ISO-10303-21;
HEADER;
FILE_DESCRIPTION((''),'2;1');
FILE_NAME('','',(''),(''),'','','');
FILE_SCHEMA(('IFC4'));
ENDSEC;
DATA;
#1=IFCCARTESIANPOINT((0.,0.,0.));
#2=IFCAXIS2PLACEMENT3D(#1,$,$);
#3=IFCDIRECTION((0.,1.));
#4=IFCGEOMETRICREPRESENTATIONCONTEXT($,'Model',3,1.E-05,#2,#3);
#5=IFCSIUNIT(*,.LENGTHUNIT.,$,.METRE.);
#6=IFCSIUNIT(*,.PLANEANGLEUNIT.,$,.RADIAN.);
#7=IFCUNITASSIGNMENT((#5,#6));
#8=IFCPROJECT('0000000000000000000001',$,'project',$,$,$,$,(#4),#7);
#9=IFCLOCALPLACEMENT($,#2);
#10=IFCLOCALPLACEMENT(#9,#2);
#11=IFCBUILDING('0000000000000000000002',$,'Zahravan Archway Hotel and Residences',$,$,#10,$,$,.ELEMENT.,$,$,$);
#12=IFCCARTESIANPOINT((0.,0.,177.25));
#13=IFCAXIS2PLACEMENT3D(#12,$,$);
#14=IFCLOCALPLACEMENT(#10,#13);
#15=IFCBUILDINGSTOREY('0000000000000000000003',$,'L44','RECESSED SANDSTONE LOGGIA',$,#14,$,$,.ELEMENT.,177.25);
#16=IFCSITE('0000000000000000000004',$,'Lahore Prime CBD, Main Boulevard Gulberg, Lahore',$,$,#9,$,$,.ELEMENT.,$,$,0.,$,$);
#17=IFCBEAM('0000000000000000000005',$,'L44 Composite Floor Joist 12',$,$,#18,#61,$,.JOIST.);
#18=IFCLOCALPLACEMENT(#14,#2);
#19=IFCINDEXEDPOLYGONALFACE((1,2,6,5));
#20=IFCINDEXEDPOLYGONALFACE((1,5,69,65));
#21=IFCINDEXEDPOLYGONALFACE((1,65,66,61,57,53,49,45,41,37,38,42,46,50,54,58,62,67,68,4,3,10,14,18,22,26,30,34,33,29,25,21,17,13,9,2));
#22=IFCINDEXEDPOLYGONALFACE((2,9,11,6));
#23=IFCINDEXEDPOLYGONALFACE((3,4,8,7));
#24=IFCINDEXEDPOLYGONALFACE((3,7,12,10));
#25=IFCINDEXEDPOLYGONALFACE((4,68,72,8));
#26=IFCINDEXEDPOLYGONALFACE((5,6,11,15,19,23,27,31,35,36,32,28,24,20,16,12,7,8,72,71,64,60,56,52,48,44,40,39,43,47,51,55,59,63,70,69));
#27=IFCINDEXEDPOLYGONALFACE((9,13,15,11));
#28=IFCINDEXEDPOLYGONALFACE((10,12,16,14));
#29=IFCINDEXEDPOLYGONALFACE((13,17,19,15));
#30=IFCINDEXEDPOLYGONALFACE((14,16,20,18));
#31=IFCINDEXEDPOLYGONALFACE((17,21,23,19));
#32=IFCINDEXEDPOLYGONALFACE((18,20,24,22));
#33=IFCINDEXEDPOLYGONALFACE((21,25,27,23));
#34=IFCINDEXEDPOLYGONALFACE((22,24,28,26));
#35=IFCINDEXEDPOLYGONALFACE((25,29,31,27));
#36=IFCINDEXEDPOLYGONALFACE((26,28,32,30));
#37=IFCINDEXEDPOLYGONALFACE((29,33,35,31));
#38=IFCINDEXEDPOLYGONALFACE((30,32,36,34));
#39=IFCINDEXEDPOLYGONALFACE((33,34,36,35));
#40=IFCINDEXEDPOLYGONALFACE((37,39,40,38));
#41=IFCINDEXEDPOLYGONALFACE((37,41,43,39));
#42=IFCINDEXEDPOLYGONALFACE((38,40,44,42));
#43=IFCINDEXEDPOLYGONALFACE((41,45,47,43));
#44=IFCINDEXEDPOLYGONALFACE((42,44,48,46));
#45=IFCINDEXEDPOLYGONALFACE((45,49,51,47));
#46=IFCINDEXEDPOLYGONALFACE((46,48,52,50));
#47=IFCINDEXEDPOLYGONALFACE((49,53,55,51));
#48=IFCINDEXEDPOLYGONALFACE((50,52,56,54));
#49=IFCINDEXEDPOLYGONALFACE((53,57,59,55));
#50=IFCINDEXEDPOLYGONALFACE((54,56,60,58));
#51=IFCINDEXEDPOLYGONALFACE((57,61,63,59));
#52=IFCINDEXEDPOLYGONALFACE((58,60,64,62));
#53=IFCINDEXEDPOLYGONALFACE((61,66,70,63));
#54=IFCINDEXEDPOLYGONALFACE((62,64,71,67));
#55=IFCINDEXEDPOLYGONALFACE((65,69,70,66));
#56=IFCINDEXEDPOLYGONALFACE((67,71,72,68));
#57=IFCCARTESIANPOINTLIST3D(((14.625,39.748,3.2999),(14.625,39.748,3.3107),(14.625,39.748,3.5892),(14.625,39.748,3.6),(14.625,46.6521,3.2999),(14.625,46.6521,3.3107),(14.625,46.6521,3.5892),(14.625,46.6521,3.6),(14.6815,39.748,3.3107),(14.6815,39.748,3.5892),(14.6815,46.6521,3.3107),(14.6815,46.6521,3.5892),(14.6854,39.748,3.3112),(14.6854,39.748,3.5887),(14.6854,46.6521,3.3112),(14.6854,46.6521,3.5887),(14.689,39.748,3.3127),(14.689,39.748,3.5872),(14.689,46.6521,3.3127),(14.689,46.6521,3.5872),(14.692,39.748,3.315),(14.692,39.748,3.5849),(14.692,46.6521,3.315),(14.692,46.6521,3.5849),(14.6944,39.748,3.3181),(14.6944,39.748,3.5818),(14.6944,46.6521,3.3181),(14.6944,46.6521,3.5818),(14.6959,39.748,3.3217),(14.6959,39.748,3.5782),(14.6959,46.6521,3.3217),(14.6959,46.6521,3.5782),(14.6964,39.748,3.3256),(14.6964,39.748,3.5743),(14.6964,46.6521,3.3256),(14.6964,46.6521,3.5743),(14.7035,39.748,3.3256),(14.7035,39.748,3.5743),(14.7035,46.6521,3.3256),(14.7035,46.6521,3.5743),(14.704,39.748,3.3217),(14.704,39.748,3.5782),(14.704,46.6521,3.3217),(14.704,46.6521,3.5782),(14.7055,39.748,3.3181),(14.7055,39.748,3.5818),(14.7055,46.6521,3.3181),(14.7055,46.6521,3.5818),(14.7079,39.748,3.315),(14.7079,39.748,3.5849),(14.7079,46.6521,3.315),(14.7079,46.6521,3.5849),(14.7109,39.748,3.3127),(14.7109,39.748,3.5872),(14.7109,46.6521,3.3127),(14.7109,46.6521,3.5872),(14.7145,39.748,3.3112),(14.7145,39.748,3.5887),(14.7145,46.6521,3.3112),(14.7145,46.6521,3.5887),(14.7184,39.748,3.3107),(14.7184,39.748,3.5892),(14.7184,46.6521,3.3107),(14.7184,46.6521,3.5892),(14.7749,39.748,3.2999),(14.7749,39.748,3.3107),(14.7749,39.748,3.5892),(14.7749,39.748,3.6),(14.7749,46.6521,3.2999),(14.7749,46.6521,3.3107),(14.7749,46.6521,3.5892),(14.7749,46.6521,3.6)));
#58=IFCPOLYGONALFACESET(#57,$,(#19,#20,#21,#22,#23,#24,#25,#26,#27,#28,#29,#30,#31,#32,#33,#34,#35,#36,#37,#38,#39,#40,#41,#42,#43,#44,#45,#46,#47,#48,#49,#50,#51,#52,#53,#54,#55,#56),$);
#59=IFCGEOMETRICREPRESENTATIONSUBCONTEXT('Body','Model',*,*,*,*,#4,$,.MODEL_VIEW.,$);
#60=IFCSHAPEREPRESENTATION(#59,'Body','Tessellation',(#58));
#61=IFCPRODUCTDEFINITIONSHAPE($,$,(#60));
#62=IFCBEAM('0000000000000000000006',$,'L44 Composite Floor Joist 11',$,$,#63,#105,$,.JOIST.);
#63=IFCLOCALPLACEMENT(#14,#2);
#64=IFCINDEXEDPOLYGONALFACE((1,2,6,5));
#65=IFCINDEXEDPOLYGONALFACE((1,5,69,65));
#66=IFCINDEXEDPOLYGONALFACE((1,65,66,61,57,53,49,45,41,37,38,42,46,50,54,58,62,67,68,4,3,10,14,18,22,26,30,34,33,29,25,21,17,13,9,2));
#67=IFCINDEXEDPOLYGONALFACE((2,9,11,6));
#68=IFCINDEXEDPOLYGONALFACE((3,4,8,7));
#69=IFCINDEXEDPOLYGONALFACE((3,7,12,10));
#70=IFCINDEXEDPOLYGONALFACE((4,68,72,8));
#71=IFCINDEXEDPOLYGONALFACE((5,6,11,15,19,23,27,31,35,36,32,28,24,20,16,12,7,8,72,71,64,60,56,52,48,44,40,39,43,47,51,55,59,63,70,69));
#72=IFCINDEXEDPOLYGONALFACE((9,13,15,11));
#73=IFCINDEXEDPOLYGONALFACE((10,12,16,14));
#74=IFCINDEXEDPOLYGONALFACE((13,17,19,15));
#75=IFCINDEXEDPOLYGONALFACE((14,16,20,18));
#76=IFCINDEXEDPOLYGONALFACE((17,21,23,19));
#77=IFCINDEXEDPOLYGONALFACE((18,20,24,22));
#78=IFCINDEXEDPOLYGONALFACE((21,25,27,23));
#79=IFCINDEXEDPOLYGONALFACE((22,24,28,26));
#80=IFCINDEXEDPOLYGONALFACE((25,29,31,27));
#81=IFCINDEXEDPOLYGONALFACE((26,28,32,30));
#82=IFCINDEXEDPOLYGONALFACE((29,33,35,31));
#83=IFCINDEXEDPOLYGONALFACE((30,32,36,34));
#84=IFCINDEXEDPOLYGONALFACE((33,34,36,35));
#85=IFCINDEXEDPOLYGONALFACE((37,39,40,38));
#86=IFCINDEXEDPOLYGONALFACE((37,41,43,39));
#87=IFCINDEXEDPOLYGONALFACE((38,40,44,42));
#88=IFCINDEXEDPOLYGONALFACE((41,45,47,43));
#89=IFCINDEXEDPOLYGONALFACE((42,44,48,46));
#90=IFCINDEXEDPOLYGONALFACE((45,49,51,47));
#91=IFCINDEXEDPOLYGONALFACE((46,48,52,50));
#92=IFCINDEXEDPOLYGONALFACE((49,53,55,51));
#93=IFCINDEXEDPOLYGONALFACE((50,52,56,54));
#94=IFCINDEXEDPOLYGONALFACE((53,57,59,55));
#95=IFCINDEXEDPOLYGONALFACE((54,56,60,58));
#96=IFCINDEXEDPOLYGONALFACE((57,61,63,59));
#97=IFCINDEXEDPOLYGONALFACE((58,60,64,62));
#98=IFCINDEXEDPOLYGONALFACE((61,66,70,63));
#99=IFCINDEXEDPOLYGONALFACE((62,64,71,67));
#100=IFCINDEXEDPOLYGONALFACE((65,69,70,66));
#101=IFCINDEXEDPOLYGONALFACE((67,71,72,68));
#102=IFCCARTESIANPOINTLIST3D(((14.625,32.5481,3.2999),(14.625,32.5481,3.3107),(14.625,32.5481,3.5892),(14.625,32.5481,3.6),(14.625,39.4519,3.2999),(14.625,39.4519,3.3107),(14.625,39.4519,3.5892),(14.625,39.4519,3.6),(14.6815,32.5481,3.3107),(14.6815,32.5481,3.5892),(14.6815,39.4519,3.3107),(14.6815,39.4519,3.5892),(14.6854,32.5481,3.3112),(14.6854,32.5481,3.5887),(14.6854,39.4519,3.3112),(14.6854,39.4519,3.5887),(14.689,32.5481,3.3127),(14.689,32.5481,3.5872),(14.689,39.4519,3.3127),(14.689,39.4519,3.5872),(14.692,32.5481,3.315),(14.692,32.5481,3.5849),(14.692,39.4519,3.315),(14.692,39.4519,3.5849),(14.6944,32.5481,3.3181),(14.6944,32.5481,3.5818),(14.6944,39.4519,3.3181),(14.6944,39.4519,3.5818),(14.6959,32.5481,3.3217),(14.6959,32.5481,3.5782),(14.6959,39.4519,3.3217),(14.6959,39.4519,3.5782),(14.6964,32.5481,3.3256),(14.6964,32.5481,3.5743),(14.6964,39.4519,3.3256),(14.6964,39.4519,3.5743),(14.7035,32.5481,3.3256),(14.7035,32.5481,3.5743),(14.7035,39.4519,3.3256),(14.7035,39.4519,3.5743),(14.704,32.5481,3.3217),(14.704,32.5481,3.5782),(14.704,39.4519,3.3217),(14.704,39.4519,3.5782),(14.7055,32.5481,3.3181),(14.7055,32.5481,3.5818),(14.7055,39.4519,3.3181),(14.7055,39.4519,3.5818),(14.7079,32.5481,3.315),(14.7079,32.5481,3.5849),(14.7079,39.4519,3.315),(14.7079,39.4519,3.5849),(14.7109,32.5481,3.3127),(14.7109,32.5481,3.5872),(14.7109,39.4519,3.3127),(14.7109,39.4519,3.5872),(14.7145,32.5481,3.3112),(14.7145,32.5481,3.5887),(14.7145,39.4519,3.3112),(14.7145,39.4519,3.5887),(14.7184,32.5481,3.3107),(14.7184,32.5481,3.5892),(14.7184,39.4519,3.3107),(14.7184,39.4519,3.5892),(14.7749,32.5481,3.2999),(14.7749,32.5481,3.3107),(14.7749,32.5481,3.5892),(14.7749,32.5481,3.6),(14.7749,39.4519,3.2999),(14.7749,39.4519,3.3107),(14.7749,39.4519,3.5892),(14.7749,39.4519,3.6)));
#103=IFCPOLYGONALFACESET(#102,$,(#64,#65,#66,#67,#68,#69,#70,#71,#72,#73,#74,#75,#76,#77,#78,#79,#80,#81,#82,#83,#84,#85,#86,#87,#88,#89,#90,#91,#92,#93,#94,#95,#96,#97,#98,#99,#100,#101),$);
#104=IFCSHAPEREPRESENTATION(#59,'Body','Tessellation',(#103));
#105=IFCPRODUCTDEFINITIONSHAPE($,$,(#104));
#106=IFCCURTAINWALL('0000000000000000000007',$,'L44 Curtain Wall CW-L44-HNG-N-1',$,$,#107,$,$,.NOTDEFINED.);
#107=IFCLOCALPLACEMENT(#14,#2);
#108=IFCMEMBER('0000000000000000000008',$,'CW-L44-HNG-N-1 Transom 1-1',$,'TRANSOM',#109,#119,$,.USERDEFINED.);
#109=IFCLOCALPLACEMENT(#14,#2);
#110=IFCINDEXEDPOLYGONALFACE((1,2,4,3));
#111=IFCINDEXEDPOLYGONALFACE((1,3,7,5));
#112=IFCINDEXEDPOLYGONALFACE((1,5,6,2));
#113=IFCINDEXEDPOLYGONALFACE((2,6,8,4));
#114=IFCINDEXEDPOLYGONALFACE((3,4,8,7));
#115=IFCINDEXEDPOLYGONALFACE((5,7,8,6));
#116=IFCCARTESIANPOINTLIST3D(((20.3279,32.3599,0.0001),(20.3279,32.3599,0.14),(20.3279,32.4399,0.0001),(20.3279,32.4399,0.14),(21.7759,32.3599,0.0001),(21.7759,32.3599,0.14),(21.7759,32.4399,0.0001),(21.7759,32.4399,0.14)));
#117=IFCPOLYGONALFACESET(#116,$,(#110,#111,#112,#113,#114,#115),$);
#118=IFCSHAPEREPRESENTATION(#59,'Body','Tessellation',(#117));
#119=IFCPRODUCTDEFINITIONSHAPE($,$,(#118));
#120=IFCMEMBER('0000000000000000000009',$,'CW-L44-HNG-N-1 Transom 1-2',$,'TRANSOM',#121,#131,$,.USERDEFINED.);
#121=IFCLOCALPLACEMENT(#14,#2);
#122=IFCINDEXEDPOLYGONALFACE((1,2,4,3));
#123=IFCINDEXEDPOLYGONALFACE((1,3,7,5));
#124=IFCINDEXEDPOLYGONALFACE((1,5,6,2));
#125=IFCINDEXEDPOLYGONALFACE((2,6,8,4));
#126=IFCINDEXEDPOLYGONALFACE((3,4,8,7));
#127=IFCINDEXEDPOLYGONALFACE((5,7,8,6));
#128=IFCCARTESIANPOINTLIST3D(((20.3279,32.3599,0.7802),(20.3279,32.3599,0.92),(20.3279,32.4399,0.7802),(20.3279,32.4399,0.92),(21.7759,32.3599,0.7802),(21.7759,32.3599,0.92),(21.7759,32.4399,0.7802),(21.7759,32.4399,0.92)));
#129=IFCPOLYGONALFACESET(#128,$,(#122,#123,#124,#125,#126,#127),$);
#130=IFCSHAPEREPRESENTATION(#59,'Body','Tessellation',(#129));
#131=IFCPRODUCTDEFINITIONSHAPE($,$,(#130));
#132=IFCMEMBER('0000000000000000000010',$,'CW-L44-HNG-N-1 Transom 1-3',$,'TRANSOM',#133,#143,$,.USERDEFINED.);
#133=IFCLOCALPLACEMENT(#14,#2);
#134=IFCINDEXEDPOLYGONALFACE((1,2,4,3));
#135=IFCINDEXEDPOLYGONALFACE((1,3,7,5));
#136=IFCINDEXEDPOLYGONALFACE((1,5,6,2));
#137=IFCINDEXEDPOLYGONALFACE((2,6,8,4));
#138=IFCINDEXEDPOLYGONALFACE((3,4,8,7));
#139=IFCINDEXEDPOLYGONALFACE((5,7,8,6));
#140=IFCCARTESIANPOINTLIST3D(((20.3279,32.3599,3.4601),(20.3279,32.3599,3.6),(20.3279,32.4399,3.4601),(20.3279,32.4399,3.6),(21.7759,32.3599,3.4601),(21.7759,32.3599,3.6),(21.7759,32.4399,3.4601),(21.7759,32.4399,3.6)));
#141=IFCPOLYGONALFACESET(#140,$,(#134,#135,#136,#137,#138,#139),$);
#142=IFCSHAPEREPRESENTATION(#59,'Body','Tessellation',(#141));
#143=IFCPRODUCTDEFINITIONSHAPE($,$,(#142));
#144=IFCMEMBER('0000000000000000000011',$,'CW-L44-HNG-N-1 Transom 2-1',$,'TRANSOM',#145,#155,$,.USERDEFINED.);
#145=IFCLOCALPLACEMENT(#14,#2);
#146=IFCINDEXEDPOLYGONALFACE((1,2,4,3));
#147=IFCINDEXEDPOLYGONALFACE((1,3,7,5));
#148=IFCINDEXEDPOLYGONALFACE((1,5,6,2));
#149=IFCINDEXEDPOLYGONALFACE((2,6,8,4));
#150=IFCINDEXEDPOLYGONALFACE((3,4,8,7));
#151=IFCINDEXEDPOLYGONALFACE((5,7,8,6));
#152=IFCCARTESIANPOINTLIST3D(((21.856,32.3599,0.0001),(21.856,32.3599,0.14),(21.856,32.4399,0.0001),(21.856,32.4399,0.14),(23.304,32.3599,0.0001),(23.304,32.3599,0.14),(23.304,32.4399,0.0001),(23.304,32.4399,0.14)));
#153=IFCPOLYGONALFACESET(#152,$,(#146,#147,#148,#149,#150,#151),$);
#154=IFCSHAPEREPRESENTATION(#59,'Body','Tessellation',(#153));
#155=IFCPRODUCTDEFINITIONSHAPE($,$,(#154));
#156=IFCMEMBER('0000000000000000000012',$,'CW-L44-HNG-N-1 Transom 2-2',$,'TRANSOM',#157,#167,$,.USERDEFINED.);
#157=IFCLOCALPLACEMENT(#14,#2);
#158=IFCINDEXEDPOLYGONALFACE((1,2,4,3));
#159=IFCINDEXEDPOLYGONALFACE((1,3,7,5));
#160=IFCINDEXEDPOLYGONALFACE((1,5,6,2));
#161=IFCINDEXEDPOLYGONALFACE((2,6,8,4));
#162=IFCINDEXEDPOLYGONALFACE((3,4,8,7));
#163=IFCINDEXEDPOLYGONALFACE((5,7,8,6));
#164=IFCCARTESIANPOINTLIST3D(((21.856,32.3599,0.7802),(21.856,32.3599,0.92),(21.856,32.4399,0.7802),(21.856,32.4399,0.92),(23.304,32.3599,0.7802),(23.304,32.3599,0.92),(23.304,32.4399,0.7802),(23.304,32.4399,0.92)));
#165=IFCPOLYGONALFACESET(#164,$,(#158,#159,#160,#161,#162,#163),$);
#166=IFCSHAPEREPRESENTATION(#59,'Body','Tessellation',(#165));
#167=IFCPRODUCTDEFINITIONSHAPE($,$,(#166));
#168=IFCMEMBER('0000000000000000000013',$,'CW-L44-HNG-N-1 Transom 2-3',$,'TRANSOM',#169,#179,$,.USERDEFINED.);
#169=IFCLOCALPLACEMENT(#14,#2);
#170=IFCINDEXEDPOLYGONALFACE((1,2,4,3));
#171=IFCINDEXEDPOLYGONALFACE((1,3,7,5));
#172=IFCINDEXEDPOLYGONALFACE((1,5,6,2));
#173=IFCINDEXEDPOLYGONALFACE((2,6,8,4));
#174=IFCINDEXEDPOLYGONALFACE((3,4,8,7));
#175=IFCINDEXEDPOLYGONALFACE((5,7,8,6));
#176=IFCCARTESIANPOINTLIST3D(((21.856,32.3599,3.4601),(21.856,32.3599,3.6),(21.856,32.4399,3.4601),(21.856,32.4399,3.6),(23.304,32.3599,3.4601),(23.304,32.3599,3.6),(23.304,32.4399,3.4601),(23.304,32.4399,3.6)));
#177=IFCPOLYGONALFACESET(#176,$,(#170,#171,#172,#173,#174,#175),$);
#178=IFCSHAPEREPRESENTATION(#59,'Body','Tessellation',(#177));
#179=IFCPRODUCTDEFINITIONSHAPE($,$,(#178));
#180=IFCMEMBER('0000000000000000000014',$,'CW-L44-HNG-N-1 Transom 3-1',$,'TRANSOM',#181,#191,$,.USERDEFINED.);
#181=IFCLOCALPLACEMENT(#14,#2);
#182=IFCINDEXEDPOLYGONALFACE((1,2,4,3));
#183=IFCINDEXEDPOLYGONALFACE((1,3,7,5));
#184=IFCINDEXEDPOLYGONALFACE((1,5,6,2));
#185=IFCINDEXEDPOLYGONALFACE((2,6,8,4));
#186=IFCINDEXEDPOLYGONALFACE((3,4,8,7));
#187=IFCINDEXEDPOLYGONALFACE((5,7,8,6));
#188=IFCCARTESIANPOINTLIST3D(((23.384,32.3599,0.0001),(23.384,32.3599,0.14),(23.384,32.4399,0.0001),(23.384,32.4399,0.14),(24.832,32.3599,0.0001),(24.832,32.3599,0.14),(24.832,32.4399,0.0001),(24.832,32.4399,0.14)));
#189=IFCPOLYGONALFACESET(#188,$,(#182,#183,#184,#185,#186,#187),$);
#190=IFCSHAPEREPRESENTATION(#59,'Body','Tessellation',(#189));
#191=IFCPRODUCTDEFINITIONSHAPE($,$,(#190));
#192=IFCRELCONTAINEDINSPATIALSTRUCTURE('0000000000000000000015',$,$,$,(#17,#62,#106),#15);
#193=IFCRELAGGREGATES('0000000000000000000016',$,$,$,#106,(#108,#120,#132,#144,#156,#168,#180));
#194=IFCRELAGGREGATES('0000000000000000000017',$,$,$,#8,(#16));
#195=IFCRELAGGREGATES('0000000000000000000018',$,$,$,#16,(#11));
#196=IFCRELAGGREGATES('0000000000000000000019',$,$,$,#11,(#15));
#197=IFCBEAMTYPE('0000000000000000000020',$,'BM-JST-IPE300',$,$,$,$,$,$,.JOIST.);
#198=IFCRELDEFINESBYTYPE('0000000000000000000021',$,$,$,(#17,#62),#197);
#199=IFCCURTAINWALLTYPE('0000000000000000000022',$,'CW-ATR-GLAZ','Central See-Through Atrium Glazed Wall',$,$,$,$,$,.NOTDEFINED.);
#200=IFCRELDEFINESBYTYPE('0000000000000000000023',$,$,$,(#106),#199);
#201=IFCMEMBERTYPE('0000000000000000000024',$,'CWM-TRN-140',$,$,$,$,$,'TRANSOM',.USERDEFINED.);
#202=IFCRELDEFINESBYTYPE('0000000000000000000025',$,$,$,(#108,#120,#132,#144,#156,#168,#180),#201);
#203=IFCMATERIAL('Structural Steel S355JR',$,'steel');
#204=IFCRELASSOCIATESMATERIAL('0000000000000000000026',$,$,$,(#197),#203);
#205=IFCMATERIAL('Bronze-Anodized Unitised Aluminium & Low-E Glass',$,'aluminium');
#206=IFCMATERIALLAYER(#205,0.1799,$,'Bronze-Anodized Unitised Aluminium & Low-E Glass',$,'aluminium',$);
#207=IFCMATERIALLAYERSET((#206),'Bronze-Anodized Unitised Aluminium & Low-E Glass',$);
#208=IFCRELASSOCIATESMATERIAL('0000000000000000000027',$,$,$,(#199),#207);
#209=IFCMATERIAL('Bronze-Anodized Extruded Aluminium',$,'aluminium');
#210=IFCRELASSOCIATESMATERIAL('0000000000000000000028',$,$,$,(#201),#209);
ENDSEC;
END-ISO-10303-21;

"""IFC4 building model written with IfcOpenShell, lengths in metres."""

from ifc_helpers import new_model, si_unit, direction, frame, origin, origin_2d, place, context, subcontext, project, spatial, rectangle, i_section, extrude, source, transform, mapped, material, layer, layer_set, material_profile, profile_set, type_object, type_shapes, element, aggregate, save


model = new_model("IFC4")

# Units and contexts
model_context = context("Model", 3, precision=1e-05, world=origin(), true_north=direction((0.0, 1.0)))
body_context = subcontext(model_context, "Body", "Model", "MODEL_VIEW")
ifc_project = project(units=[si_unit("LENGTHUNIT", "METRE"), si_unit("PLANEANGLEUNIT", "RADIAN")], contexts=[model_context])

# Site, building, storey
site_placement = place(None, origin())
site = spatial("IfcSite", under=ifc_project, at=site_placement, Name="Lahore Prime CBD, Main Boulevard Gulberg, Lahore", CompositionType="ELEMENT", RefElevation=0.0)
building_placement = place(site_placement, origin())
building = spatial("IfcBuilding", under=site, at=building_placement, Name="Zahravan Archway Hotel and Residences", CompositionType="ELEMENT")
storey_placement = place(building_placement, frame((0.0, 0.0, 177.25)))
storey = spatial("IfcBuildingStorey", under=building, at=storey_placement, Name="L44", Description="RECESSED SANDSTONE LOGGIA", CompositionType="ELEMENT", Elevation=177.25)

# Beams
ifc_material_1 = material(Name="Structural Steel S355JR", Category="steel")
ifc_material_profile_1 = material_profile(ifc_material_1, i_section(OverallWidth=0.1499, OverallDepth=0.3, WebThickness=0.0071, FlangeThickness=0.0107, FilletRadius=0.0149, at=origin_2d()), Name="IPE 300", Category="steel")
ifc_profile_set_1 = profile_set([ifc_material_profile_1], Name="Structural Steel S355JR")
beam_type_1 = type_object("IfcBeamType", Name="BM-JST-IPE300", PredefinedType="JOIST", material=ifc_profile_set_1)
shared_shape_1 = source(origin(), body_context, "Body", "SweptSolid", [
    extrude(i_section(OverallWidth=0.1499, OverallDepth=0.3, WebThickness=0.0071, FlangeThickness=0.0107, FilletRadius=0.0149, at=origin_2d()), origin(), (0.0, 0.0, 1.0), 6.9041),
])
type_shapes(beam_type_1, [shared_shape_1])
beam_1_placement = place(storey_placement, frame((14.7, 39.748, 3.45), z_axis=(0.0, 1.0, 0.0), x_axis=(-1.0, 0.0, 0.0)))
element("IfcBeam", 1, at=beam_1_placement, inside=storey, type_object=beam_type_1, Name="L44 Composite Floor Joist 12", PredefinedType="JOIST", context=body_context, shape_type="MappedRepresentation", body=[
    mapped(shared_shape_1, transform((0.0, 0.0, 0.0), scale=1.0)),
])
shared_shape_2 = source(origin(), body_context, "Body", "SweptSolid", [
    extrude(i_section(OverallWidth=0.1499, OverallDepth=0.3, WebThickness=0.0071, FlangeThickness=0.0107, FilletRadius=0.0149, at=origin_2d()), origin(), (0.0, 0.0, 1.0), 6.9038),
])
beam_2_placement = place(storey_placement, frame((14.7, 32.5481, 3.45), z_axis=(0.0, 1.0, 0.0), x_axis=(-1.0, 0.0, 0.0)))
element("IfcBeam", 2, at=beam_2_placement, inside=storey, type_object=beam_type_1, Name="L44 Composite Floor Joist 11", PredefinedType="JOIST", context=body_context, shape_type="MappedRepresentation", body=[
    mapped(shared_shape_2, transform((0.0, 0.0, 0.0), scale=1.0)),
])

# Curtain wall, members
ifc_material_2 = material(Name="Bronze-Anodized Unitised Aluminium & Low-E Glass", Category="aluminium")
ifc_layer_1 = layer(ifc_material_2, 0.1799, Name="Bronze-Anodized Unitised Aluminium & Low-E Glass", Category="aluminium")
ifc_layer_set_1 = layer_set([ifc_layer_1], Name="Bronze-Anodized Unitised Aluminium & Low-E Glass")
curtain_wall_type = type_object("IfcCurtainWallType", Name="CW-ATR-GLAZ", Description="Central See-Through Atrium Glazed Wall", PredefinedType="NOTDEFINED", material=ifc_layer_set_1)
curtain_wall_placement = place(storey_placement, origin())
curtain_wall = element("IfcCurtainWall", 3, at=curtain_wall_placement, inside=storey, type_object=curtain_wall_type, Name="L44 Curtain Wall CW-L44-HNG-N-1", PredefinedType="NOTDEFINED")
ifc_material_3 = material(Name="Bronze-Anodized Extruded Aluminium", Category="aluminium")
ifc_material_profile_2 = material_profile(ifc_material_3, rectangle(XDim=0.0801, YDim=0.1399, at=origin_2d()), Name="TRN 80x140", Category="aluminium")
ifc_profile_set_2 = profile_set([ifc_material_profile_2], Name="Bronze-Anodized Extruded Aluminium")
member_type_1 = type_object("IfcMemberType", Name="CWM-TRN-140", ElementType="TRANSOM", PredefinedType="USERDEFINED", material=ifc_profile_set_2)
shared_shape_3 = source(origin(), body_context, "Body", "SweptSolid", [
    extrude(rectangle(XDim=0.0801, YDim=0.1399, at=origin_2d()), origin(), (0.0, 0.0, 1.0), 1.448),
])
member_1_placement = place(storey_placement, frame((20.3279, 32.3999, 0.0701), z_axis=(1.0, 0.0, 0.0), x_axis=(0.0, 1.0, 0.0)))
member_1 = element("IfcMember", 4, at=member_1_placement, type_object=member_type_1, Name="CW-L44-HNG-N-1 Transom 1-1", ObjectType="TRANSOM", PredefinedType="USERDEFINED", context=body_context, shape_type="MappedRepresentation", body=[
    mapped(shared_shape_3, transform((0.0, 0.0, 0.0), scale=1.0)),
])
member_2_placement = place(storey_placement, frame((20.3279, 32.3999, 0.8501), z_axis=(1.0, 0.0, 0.0), x_axis=(0.0, 1.0, 0.0)))
member_2 = element("IfcMember", 5, at=member_2_placement, type_object=member_type_1, Name="CW-L44-HNG-N-1 Transom 1-2", ObjectType="TRANSOM", PredefinedType="USERDEFINED", context=body_context, shape_type="MappedRepresentation", body=[
    mapped(shared_shape_3, transform((0.0, 0.0, 0.0), scale=1.0)),
])
member_3_placement = place(storey_placement, frame((20.3279, 32.3999, 3.53), z_axis=(1.0, 0.0, 0.0), x_axis=(0.0, 1.0, 0.0)))
member_3 = element("IfcMember", 6, at=member_3_placement, type_object=member_type_1, Name="CW-L44-HNG-N-1 Transom 1-3", ObjectType="TRANSOM", PredefinedType="USERDEFINED", context=body_context, shape_type="MappedRepresentation", body=[
    mapped(shared_shape_3, transform((0.0, 0.0, 0.0), scale=1.0)),
])
member_4_placement = place(storey_placement, frame((21.856, 32.3999, 0.0701), z_axis=(1.0, 0.0, 0.0), x_axis=(0.0, 1.0, 0.0)))
member_4 = element("IfcMember", 7, at=member_4_placement, type_object=member_type_1, Name="CW-L44-HNG-N-1 Transom 2-1", ObjectType="TRANSOM", PredefinedType="USERDEFINED", context=body_context, shape_type="MappedRepresentation", body=[
    mapped(shared_shape_3, transform((0.0, 0.0, 0.0), scale=1.0)),
])
member_5_placement = place(storey_placement, frame((21.856, 32.3999, 0.8501), z_axis=(1.0, 0.0, 0.0), x_axis=(0.0, 1.0, 0.0)))
member_5 = element("IfcMember", 8, at=member_5_placement, type_object=member_type_1, Name="CW-L44-HNG-N-1 Transom 2-2", ObjectType="TRANSOM", PredefinedType="USERDEFINED", context=body_context, shape_type="MappedRepresentation", body=[
    mapped(shared_shape_3, transform((0.0, 0.0, 0.0), scale=1.0)),
])
member_6_placement = place(storey_placement, frame((21.856, 32.3999, 3.53), z_axis=(1.0, 0.0, 0.0), x_axis=(0.0, 1.0, 0.0)))
member_6 = element("IfcMember", 9, at=member_6_placement, type_object=member_type_1, Name="CW-L44-HNG-N-1 Transom 2-3", ObjectType="TRANSOM", PredefinedType="USERDEFINED", context=body_context, shape_type="MappedRepresentation", body=[
    mapped(shared_shape_3, transform((0.0, 0.0, 0.0), scale=1.0)),
])
member_7_placement = place(storey_placement, frame((23.384, 32.3999, 0.0701), z_axis=(1.0, 0.0, 0.0), x_axis=(0.0, 1.0, 0.0)))
member_7 = element("IfcMember", 10, at=member_7_placement, type_object=member_type_1, Name="CW-L44-HNG-N-1 Transom 3-1", ObjectType="TRANSOM", PredefinedType="USERDEFINED", context=body_context, shape_type="MappedRepresentation", body=[
    mapped(shared_shape_3, transform((0.0, 0.0, 0.0), scale=1.0)),
])
aggregate(curtain_wall, [member_1, member_2, member_3, member_4, member_5, member_6, member_7])

save(model, "model.ifc")
